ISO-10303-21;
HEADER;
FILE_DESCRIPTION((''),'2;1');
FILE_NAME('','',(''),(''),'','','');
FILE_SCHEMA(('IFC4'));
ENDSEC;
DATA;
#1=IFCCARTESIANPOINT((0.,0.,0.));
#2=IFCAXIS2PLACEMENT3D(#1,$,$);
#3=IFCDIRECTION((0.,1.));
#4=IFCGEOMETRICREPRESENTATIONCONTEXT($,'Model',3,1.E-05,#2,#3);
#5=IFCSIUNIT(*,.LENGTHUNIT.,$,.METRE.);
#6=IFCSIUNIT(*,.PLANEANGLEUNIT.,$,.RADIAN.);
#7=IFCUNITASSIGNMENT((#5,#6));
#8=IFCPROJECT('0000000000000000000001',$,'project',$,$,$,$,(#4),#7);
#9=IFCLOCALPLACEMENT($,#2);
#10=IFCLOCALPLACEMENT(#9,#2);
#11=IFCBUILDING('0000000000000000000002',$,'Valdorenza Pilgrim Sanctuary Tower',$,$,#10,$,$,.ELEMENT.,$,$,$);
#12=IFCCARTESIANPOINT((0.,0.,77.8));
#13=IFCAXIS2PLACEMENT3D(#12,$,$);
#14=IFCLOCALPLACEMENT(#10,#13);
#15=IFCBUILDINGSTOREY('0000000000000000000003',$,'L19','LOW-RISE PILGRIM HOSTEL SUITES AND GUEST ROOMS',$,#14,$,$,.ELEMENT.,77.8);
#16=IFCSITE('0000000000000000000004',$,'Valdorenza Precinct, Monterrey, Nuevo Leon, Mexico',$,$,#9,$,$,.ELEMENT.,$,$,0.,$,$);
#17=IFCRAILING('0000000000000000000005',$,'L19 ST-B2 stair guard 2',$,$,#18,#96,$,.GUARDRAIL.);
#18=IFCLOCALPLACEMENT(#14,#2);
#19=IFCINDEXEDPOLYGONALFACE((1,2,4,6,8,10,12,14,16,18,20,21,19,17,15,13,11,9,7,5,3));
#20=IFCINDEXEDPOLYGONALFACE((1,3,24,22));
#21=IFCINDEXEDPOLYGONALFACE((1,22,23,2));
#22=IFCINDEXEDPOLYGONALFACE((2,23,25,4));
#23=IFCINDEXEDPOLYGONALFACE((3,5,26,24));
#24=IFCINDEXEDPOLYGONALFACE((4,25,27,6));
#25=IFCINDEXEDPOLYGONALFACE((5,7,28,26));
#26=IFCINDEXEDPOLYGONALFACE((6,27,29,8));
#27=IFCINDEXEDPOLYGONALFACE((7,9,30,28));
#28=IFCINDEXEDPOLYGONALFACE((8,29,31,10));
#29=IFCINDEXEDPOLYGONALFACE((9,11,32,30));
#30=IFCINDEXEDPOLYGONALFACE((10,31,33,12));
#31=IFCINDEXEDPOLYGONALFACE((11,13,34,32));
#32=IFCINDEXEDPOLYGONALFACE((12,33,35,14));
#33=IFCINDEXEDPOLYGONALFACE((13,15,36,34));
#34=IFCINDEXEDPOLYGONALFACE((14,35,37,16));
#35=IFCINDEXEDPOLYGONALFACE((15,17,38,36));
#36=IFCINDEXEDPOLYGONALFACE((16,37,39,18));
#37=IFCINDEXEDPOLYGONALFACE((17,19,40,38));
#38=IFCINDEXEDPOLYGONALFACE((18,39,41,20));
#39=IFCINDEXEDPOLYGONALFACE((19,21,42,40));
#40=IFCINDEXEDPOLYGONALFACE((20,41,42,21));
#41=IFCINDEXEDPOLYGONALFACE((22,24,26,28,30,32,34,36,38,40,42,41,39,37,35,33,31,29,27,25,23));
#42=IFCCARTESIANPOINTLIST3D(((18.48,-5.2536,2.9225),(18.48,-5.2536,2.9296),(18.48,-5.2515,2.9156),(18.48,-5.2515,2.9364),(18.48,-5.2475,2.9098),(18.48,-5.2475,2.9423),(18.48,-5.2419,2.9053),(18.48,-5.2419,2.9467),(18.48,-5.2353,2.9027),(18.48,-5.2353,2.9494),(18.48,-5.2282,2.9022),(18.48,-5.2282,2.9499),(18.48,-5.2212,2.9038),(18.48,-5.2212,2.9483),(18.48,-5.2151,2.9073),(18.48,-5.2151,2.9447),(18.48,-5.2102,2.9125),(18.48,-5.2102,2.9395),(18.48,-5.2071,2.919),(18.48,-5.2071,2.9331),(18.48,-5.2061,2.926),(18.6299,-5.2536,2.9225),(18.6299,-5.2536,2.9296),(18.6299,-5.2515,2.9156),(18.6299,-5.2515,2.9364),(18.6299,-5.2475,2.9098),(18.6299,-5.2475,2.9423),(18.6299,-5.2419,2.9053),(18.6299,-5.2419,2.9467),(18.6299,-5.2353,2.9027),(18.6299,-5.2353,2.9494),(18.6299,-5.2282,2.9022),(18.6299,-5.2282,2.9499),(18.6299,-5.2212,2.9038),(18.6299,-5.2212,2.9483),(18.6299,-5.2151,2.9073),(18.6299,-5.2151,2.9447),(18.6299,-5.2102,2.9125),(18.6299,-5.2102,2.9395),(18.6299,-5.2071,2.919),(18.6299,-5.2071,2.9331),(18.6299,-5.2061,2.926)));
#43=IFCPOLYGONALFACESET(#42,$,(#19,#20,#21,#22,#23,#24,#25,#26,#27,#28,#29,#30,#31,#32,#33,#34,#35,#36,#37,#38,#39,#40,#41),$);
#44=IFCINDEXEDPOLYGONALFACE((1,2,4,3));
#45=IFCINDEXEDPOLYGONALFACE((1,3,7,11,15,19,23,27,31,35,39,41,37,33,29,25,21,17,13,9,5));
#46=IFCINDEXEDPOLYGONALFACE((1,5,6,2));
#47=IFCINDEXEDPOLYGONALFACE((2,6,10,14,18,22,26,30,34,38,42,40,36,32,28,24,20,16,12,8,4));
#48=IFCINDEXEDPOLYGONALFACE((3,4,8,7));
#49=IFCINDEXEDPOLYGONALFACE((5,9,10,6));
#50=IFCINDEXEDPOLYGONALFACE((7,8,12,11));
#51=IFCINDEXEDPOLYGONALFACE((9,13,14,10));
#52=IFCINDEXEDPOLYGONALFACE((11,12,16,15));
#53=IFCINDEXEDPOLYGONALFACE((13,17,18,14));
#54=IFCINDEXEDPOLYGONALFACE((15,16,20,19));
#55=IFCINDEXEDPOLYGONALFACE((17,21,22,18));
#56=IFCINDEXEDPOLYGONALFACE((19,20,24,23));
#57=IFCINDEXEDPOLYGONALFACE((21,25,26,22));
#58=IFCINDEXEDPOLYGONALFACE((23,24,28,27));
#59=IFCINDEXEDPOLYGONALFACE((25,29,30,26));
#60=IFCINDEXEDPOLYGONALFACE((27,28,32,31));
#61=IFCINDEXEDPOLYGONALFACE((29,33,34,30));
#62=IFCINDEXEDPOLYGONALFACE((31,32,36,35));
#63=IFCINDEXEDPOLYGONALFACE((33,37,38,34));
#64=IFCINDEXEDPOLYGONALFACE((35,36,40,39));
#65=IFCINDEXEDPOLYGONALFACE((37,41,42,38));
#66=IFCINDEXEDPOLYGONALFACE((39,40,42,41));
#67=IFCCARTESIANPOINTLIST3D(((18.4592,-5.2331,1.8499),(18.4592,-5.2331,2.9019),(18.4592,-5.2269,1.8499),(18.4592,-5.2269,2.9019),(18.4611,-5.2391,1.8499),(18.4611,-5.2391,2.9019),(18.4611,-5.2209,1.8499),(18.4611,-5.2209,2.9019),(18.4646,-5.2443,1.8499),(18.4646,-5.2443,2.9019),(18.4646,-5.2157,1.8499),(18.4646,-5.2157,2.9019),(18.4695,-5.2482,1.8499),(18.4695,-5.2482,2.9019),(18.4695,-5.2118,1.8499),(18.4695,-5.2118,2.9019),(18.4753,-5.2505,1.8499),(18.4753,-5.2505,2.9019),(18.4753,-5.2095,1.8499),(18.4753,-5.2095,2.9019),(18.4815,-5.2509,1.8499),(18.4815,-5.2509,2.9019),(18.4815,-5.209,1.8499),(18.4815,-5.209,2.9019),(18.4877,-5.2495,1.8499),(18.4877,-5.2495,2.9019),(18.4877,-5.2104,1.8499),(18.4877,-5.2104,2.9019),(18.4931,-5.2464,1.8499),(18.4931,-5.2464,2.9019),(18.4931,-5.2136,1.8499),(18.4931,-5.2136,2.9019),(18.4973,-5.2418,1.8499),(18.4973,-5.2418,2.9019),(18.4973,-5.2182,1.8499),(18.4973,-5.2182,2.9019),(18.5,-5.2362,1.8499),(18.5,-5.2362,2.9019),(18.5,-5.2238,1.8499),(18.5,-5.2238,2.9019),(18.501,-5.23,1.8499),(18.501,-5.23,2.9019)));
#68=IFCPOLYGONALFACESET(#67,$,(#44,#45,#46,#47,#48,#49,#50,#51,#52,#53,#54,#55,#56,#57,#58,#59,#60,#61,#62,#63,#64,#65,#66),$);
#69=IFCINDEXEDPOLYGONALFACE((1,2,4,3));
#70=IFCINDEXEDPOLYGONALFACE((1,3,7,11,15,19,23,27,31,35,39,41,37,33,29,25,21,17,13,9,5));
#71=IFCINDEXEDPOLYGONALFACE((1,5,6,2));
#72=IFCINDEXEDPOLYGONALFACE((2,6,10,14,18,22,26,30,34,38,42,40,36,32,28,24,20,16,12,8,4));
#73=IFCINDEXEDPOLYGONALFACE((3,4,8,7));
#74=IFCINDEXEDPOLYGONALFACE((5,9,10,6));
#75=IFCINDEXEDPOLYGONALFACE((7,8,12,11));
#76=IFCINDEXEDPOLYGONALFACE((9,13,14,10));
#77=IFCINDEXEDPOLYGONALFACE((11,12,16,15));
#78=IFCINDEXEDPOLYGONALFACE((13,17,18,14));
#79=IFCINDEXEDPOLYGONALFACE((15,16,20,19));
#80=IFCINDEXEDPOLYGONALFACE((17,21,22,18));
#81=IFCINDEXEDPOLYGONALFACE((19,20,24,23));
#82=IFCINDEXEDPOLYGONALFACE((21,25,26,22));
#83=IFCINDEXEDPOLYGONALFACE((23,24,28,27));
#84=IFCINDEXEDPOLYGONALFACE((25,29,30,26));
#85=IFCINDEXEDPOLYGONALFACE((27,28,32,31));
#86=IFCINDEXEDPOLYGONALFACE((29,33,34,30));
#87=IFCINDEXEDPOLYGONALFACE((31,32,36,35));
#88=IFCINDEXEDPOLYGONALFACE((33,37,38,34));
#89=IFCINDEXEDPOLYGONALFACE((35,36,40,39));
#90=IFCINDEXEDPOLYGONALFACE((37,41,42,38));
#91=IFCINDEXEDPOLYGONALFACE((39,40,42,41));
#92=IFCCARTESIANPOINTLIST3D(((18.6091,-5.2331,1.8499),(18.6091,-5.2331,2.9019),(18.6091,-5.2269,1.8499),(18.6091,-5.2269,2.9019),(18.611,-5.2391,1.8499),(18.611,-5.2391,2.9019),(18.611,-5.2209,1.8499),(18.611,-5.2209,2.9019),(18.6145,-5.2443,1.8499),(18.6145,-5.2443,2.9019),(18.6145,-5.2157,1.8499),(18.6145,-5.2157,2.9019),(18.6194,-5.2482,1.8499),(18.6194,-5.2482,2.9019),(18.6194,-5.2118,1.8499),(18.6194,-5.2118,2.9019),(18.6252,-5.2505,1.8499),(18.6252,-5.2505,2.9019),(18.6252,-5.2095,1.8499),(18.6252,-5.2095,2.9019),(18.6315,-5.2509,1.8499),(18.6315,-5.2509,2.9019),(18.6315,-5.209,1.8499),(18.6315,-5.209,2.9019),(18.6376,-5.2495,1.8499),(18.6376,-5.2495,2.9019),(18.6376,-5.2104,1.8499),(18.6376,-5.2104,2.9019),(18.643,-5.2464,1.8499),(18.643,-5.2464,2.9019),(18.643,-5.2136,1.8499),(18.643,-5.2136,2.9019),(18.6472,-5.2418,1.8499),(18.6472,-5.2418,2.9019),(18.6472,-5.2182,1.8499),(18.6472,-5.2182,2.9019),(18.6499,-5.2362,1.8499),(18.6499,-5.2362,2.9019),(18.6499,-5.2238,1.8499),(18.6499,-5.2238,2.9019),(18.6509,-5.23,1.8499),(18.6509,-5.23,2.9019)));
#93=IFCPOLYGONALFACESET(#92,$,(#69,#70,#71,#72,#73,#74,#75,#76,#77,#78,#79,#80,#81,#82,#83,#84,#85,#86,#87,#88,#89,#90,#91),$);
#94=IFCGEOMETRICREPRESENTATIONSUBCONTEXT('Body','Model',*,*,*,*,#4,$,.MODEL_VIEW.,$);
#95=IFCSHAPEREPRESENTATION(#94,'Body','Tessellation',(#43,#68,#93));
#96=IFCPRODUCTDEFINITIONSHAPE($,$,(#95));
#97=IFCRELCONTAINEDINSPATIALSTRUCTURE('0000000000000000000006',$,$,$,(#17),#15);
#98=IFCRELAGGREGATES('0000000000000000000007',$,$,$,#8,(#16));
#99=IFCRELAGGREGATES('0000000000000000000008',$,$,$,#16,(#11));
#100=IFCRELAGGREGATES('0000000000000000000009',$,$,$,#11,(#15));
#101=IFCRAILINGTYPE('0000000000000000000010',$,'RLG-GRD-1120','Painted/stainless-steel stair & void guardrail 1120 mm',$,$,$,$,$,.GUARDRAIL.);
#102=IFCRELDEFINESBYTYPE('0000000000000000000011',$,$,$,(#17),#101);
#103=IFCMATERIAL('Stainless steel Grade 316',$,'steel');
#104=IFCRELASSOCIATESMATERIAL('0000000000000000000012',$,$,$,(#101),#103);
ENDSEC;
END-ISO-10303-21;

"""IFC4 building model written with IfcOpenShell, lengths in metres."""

from ifc_helpers import new_model, si_unit, direction, frame, origin, origin_2d, place, context, subcontext, project, spatial, circle, extrude, material, type_object, element, save


model = new_model("IFC4")

# Units and contexts
model_context = context("Model", 3, precision=1e-05, world=origin(), true_north=direction((0.0, 1.0)))
body_context = subcontext(model_context, "Body", "Model", "MODEL_VIEW")
ifc_project = project(units=[si_unit("LENGTHUNIT", "METRE"), si_unit("PLANEANGLEUNIT", "RADIAN")], contexts=[model_context])

# Site, building, storey
site_placement = place(None, origin())
site = spatial("IfcSite", under=ifc_project, at=site_placement, Name="Valdorenza Precinct, Monterrey, Nuevo Leon, Mexico", CompositionType="ELEMENT", RefElevation=0.0)
building_placement = place(site_placement, origin())
building = spatial("IfcBuilding", under=site, at=building_placement, Name="Valdorenza Pilgrim Sanctuary Tower", CompositionType="ELEMENT")
storey_placement = place(building_placement, frame((0.0, 0.0, 77.8)))
storey = spatial("IfcBuildingStorey", under=building, at=storey_placement, Name="L19", Description="LOW-RISE PILGRIM HOSTEL SUITES AND GUEST ROOMS", CompositionType="ELEMENT", Elevation=77.8)

# Railing
ifc_material_1 = material(Name="Stainless steel Grade 316", Category="steel")
railing_type_1 = type_object("IfcRailingType", Name="RLG-GRD-1120", Description="Painted/stainless-steel stair & void guardrail 1120 mm", PredefinedType="GUARDRAIL", material=ifc_material_1)
railing_1_placement = place(storey_placement, frame((18.48, -5.23, 1.8499)))
element("IfcRailing", 1, at=railing_1_placement, inside=storey, type_object=railing_type_1, Name="L19 ST-B2 stair guard 2", PredefinedType="GUARDRAIL", context=body_context, shape_type="SweptSolid", body=[
    extrude(circle(Radius=0.0239, at=origin_2d()), frame((0.0, 0.0, 1.0762), z_axis=(1.0, 0.0, 0.0), x_axis=(0.0, 1.0, 0.0)), (0.0, 0.0, 1.0), 0.1499),
    extrude(circle(Radius=0.021, at=origin_2d()), origin(), (0.0, 0.0, 1.0), 1.052),
    extrude(circle(Radius=0.021, at=origin_2d()), frame((0.1499, 0.0, 0.0)), (0.0, 0.0, 1.0), 1.052),
])

save(model, "model.ifc")
